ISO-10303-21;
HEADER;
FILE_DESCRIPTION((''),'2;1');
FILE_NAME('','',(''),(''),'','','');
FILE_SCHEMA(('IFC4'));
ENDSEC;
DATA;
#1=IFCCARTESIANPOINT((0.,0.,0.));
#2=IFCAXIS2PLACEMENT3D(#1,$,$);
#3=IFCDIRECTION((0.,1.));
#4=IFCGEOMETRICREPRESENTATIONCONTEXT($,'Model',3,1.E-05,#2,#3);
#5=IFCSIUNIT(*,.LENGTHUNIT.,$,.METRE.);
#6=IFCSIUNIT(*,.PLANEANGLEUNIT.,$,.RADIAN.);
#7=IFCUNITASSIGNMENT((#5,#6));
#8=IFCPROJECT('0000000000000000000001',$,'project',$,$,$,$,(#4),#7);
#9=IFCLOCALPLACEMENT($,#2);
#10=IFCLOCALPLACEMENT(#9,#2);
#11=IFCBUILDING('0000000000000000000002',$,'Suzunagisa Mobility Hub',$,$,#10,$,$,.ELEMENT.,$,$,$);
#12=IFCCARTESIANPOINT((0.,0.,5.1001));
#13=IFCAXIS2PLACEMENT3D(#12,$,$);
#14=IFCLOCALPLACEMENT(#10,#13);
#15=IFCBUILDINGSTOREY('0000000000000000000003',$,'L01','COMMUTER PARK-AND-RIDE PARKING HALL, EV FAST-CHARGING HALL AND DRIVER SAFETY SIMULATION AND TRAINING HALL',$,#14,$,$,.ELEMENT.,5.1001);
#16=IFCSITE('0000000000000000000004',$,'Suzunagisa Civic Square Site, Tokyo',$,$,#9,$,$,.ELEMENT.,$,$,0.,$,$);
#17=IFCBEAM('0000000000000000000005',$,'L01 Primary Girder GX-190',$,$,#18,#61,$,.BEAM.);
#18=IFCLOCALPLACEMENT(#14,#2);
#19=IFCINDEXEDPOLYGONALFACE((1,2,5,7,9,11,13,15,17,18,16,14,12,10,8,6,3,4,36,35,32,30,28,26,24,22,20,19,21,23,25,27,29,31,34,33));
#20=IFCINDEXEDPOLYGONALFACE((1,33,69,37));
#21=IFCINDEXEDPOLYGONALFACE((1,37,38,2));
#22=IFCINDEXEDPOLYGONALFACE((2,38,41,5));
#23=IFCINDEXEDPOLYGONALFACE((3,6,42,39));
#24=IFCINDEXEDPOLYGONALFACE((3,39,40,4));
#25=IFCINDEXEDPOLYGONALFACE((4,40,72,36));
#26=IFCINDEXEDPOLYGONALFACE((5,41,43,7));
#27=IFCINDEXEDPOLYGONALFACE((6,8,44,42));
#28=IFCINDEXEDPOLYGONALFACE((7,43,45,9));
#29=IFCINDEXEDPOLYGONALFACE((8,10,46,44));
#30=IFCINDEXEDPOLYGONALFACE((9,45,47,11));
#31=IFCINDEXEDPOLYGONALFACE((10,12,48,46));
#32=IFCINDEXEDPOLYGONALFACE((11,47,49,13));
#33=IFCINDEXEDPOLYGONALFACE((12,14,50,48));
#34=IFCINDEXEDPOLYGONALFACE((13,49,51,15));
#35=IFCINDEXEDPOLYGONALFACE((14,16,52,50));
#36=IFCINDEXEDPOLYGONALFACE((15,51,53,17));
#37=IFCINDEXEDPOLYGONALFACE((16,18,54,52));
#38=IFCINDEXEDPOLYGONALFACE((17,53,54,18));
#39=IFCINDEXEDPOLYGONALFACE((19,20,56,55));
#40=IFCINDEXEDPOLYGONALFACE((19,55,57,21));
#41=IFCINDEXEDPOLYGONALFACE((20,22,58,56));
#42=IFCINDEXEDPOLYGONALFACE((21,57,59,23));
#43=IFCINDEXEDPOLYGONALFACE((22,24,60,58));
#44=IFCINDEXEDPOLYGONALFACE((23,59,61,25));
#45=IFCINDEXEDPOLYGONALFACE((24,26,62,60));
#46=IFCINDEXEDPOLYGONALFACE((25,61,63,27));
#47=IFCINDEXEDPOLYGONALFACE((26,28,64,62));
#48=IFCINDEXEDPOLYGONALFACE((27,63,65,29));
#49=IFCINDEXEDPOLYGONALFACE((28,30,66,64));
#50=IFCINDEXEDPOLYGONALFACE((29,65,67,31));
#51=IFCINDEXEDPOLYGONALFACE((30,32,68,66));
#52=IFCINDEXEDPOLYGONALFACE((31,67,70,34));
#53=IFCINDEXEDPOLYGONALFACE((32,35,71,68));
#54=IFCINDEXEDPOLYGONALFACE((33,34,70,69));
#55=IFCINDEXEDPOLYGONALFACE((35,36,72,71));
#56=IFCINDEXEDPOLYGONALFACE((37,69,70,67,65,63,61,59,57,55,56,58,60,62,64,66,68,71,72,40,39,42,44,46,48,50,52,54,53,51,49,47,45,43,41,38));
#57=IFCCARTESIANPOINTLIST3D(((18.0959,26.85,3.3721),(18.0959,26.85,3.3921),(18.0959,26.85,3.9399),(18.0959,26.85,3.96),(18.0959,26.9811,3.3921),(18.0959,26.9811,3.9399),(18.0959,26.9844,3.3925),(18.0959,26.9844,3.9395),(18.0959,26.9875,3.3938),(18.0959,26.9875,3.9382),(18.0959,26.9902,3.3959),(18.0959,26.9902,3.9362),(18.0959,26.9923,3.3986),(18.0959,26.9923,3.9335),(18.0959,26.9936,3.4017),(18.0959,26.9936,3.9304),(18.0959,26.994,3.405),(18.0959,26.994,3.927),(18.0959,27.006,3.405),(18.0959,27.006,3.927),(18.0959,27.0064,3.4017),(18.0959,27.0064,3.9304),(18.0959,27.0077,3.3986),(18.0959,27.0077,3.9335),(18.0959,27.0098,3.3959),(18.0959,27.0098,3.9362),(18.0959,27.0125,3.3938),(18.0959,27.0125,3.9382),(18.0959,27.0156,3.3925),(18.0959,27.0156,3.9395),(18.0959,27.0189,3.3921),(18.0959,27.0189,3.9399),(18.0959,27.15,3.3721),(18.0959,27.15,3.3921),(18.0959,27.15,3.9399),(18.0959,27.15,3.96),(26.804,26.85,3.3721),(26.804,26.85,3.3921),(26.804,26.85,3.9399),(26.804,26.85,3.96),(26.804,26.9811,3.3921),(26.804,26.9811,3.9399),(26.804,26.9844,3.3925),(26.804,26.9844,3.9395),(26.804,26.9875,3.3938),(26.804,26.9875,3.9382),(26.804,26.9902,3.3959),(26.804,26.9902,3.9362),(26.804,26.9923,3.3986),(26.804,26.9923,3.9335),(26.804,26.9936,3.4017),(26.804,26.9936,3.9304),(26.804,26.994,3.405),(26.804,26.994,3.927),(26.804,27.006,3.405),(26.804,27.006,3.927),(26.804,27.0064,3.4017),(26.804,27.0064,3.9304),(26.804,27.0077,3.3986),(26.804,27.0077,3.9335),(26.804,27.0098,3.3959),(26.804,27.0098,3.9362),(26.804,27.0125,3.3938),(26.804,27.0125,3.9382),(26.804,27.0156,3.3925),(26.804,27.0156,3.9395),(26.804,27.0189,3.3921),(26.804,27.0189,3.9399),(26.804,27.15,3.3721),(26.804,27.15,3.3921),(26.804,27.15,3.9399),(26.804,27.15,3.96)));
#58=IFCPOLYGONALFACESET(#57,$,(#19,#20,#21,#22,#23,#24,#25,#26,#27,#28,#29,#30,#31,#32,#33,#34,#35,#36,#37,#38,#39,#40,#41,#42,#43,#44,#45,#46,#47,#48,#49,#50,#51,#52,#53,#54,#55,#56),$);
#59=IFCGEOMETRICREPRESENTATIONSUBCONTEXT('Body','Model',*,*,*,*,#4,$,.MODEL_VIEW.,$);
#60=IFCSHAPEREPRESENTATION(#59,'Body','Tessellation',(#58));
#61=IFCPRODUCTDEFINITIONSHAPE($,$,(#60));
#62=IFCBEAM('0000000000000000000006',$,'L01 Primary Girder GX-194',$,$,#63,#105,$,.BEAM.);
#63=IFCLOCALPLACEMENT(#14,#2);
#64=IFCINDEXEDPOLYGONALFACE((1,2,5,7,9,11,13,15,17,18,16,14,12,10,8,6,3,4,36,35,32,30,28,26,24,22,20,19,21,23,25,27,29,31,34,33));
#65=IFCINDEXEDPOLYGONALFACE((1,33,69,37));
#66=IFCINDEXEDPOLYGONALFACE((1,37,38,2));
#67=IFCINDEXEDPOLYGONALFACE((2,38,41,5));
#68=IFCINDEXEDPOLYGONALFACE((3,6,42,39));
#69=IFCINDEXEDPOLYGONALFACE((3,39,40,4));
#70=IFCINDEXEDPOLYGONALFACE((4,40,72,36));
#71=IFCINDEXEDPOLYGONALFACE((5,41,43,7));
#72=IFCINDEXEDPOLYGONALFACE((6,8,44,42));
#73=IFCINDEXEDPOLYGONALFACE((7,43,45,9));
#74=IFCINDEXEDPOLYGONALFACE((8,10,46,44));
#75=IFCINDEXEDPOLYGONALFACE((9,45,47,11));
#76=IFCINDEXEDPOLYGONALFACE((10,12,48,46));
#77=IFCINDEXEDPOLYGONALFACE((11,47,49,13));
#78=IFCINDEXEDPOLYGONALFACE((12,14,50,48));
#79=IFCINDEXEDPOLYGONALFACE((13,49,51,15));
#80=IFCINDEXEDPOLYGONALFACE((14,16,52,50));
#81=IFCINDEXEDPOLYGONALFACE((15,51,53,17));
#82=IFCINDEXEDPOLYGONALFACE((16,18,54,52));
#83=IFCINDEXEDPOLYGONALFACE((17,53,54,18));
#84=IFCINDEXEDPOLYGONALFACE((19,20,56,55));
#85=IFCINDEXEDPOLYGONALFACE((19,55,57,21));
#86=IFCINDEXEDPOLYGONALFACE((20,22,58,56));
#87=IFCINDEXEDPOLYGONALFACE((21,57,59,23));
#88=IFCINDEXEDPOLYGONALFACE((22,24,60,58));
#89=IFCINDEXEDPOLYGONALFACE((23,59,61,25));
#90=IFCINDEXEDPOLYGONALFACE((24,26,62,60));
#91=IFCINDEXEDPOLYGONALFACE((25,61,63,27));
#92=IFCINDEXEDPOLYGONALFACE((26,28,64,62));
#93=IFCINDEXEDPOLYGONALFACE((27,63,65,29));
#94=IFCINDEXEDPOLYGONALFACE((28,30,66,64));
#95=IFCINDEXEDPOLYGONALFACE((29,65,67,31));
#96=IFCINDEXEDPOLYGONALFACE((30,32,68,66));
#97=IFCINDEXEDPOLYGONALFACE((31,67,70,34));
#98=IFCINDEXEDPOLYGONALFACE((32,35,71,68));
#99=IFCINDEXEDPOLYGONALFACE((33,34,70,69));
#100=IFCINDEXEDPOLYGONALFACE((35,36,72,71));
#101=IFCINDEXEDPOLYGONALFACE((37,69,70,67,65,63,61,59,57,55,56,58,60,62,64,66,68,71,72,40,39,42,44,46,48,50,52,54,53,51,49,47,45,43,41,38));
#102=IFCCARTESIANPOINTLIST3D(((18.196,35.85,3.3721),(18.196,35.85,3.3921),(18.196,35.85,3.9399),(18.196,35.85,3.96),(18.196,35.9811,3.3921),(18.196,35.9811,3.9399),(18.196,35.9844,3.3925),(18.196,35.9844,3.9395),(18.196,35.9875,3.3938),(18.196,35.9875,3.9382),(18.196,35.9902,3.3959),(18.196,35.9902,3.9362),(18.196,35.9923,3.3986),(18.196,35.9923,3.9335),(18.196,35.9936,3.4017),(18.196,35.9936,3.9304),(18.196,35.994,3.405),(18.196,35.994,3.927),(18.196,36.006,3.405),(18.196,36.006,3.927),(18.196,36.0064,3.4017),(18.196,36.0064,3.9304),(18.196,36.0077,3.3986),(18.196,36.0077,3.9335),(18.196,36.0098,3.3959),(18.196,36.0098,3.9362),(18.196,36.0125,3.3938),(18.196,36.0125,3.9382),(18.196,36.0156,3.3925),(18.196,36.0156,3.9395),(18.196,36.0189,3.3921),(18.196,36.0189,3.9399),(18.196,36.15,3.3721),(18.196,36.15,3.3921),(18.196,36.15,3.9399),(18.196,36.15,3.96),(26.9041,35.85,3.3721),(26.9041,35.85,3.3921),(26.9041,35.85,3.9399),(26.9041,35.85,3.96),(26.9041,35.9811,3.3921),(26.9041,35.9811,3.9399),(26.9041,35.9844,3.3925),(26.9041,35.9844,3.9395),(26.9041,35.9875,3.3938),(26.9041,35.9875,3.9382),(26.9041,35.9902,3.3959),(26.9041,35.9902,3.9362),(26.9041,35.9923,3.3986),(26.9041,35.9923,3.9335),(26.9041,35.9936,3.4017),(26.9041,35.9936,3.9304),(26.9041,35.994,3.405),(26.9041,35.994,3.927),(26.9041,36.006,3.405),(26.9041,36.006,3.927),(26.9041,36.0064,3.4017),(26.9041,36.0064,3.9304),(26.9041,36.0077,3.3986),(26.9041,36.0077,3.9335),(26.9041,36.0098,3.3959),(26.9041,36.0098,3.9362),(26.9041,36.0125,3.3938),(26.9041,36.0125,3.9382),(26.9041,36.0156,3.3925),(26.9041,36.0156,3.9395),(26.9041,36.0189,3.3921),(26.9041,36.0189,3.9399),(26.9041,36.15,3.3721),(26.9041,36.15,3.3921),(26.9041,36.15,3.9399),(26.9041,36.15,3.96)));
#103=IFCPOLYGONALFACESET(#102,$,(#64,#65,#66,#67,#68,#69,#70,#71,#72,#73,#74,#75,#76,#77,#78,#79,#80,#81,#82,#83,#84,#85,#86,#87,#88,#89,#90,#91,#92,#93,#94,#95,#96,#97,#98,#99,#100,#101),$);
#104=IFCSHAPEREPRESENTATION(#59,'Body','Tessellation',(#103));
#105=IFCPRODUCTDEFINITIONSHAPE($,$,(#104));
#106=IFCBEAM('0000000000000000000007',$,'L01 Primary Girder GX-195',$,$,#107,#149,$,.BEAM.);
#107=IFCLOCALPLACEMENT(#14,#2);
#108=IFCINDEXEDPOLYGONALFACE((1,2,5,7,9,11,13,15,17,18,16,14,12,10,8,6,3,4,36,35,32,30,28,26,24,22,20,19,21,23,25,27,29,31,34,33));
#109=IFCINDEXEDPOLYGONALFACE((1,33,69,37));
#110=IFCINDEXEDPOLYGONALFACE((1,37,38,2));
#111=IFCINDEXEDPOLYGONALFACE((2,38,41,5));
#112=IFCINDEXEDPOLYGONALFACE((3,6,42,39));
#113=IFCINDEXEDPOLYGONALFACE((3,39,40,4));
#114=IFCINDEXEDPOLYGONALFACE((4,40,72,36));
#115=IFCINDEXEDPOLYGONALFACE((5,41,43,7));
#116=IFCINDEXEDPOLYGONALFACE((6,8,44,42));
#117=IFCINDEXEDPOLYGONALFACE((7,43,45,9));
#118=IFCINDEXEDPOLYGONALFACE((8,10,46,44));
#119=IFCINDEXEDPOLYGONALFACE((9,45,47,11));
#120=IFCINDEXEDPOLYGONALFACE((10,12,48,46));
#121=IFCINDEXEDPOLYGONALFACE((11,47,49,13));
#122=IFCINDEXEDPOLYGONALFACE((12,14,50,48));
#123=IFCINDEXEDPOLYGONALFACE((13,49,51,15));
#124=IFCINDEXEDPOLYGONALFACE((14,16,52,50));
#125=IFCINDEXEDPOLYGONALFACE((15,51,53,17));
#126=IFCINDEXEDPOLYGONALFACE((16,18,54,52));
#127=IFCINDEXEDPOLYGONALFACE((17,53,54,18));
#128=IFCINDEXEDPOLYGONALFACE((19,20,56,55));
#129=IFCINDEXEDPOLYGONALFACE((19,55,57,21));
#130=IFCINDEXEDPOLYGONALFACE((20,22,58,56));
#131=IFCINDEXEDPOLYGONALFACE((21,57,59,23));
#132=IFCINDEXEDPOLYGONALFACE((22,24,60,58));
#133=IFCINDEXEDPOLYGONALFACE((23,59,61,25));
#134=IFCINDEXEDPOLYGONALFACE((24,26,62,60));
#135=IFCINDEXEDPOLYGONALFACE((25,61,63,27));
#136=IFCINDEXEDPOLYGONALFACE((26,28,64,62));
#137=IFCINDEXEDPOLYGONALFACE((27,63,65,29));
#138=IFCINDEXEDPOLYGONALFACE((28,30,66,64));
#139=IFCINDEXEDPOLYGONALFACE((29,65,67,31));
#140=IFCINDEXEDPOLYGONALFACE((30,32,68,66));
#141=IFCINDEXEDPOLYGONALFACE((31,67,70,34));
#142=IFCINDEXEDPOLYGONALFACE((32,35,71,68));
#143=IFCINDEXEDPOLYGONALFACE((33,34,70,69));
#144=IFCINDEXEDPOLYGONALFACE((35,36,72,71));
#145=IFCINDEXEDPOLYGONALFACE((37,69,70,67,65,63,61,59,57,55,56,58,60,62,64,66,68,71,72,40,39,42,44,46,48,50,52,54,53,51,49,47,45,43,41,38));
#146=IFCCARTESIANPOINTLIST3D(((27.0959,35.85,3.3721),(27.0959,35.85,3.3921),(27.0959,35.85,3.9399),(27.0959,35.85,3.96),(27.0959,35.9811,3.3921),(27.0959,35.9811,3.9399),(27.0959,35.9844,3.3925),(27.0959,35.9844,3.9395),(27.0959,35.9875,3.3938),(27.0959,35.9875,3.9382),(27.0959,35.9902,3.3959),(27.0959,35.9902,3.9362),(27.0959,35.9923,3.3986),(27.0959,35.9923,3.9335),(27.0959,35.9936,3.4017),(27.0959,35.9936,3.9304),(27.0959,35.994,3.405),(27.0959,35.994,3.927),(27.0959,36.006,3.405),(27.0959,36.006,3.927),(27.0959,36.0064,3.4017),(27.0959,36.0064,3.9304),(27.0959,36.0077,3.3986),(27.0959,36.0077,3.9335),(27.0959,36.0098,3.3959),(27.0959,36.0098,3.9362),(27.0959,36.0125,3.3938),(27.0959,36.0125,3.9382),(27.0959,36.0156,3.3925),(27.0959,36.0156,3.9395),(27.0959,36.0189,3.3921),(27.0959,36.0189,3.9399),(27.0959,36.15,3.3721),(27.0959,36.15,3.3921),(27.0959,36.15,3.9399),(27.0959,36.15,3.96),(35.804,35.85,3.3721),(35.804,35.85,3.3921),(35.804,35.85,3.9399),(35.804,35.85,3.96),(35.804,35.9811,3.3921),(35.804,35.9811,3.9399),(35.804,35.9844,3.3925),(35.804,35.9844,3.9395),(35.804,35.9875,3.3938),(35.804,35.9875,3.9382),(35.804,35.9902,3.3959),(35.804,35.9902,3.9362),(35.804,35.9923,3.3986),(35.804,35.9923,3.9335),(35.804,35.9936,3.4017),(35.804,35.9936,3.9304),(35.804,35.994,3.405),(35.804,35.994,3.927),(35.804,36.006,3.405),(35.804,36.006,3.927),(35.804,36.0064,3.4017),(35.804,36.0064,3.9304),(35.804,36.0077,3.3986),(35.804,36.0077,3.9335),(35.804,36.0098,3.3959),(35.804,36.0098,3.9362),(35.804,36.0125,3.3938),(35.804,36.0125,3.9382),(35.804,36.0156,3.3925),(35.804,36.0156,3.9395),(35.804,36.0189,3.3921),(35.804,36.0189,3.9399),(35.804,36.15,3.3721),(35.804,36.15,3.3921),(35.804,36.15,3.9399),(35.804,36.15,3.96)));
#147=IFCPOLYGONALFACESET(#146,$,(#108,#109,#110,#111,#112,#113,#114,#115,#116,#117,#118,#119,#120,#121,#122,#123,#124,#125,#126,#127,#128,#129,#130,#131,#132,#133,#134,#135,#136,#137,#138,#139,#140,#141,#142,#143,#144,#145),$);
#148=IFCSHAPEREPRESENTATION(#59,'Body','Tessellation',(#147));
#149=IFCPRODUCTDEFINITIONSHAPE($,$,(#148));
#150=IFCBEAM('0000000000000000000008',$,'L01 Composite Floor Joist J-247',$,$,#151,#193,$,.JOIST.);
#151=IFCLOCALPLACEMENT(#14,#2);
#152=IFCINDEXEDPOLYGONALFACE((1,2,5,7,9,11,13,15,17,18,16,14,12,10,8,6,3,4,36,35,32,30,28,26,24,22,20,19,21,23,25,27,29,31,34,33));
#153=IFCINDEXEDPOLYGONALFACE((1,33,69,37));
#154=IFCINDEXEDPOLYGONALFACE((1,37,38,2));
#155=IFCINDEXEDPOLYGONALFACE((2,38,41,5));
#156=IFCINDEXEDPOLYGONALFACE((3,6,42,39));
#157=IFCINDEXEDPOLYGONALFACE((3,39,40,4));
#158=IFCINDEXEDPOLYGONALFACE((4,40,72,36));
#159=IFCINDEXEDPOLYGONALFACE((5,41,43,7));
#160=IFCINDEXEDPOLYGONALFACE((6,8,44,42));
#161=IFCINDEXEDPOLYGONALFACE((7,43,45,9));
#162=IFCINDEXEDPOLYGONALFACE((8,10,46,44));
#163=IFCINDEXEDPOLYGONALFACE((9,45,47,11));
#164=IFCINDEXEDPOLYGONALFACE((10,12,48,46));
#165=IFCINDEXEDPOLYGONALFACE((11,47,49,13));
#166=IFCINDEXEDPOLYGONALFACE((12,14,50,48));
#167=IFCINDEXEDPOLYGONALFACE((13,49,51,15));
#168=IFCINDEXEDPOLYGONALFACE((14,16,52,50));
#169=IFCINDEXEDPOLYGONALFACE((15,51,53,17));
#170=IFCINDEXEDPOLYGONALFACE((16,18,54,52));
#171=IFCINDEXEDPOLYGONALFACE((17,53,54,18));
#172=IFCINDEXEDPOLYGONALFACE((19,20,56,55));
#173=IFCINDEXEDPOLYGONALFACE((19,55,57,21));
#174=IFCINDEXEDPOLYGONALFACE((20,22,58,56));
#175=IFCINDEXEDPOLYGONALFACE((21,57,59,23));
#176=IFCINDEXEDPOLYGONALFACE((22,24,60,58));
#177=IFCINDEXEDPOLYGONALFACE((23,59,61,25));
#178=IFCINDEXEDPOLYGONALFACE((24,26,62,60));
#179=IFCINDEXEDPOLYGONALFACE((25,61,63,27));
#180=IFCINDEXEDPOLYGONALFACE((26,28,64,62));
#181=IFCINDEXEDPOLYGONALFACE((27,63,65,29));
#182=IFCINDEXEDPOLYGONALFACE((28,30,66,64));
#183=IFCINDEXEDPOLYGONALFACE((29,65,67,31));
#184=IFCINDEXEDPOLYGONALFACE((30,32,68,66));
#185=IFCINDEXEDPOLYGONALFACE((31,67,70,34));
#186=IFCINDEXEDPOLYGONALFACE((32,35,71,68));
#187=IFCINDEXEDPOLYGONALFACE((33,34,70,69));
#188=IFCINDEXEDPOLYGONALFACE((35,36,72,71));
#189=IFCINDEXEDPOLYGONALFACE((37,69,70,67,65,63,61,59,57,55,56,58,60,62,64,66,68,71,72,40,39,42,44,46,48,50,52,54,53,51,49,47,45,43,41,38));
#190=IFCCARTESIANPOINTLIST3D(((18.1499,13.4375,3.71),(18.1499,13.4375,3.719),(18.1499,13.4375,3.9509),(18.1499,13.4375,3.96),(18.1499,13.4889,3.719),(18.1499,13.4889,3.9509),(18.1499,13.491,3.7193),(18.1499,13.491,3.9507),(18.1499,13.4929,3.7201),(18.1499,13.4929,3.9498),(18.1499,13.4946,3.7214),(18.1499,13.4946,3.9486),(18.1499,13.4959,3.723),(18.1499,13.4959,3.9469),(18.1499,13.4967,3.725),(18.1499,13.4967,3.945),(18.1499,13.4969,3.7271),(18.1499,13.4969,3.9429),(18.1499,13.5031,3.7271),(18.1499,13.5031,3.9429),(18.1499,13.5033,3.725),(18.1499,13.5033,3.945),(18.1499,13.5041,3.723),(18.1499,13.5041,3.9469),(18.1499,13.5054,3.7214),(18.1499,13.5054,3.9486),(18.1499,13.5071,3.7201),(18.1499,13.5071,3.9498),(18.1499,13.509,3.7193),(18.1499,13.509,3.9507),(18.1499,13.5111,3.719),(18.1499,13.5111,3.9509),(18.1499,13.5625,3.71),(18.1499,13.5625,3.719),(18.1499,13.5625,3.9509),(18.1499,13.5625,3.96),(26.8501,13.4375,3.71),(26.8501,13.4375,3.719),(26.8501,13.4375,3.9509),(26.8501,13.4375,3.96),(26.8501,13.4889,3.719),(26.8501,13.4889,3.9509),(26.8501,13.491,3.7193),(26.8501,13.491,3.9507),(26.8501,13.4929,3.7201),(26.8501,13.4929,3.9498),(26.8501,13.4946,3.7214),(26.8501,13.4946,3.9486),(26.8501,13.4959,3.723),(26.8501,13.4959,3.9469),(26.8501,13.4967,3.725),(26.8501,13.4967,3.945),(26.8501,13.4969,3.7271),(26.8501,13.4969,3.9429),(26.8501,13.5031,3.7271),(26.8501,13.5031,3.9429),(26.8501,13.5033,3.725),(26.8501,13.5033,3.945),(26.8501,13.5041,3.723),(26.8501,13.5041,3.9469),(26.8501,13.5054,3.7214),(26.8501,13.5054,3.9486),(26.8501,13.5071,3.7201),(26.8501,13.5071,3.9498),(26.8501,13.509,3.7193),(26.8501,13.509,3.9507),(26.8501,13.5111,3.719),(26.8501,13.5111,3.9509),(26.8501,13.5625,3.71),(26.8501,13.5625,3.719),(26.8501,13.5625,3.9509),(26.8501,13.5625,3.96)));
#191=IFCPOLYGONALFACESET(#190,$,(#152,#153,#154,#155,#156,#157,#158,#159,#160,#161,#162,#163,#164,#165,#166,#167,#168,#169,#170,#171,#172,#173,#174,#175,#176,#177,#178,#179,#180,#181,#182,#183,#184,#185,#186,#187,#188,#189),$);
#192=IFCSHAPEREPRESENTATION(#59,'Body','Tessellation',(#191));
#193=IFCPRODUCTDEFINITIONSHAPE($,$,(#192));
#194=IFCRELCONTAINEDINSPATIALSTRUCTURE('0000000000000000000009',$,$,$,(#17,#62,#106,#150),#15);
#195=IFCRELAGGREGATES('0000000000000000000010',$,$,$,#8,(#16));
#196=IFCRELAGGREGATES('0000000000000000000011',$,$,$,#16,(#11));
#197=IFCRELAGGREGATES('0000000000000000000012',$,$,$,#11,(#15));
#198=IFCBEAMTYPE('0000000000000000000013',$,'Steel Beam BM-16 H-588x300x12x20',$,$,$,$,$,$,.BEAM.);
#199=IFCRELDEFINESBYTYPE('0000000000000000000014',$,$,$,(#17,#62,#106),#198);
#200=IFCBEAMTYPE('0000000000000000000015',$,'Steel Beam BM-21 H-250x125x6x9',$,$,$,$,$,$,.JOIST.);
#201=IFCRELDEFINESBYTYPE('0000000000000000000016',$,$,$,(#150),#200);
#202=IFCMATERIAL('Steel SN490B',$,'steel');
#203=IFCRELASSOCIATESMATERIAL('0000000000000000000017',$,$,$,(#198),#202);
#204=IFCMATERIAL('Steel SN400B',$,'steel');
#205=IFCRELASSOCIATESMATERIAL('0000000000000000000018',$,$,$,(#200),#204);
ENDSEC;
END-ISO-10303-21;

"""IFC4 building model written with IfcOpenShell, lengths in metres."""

from ifc_helpers import new_model, si_unit, direction, frame, origin, origin_2d, place, context, subcontext, project, spatial, i_section, extrude, material, material_profile, profile_set, type_object, element, save


model = new_model("IFC4")

# Units and contexts
model_context = context("Model", 3, precision=1e-05, world=origin(), true_north=direction((0.0, 1.0)))
body_context = subcontext(model_context, "Body", "Model", "MODEL_VIEW")
ifc_project = project(units=[si_unit("LENGTHUNIT", "METRE"), si_unit("PLANEANGLEUNIT", "RADIAN")], contexts=[model_context])

# Site, building, storey
site_placement = place(None, origin())
site = spatial("IfcSite", under=ifc_project, at=site_placement, Name="Suzunagisa Civic Square Site, Tokyo", CompositionType="ELEMENT", RefElevation=0.0)
building_placement = place(site_placement, origin())
building = spatial("IfcBuilding", under=site, at=building_placement, Name="Suzunagisa Mobility Hub", CompositionType="ELEMENT")
storey_placement = place(building_placement, frame((0.0, 0.0, 5.1001)))
storey = spatial("IfcBuildingStorey", under=building, at=storey_placement, Name="L01", Description="COMMUTER PARK-AND-RIDE PARKING HALL, EV FAST-CHARGING HALL AND DRIVER SAFETY SIMULATION AND TRAINING HALL", CompositionType="ELEMENT", Elevation=5.1001)

# Shared definitions
ifc_material_1 = material(Name="Steel SN490B", Category="steel")

# Beams
ifc_material_profile_1 = material_profile(ifc_material_1, i_section(OverallWidth=0.3, OverallDepth=0.5879, WebThickness=0.012, FlangeThickness=0.02, FilletRadius=0.0129, at=origin_2d()), Name="H-588x300x12x20")
ifc_profile_set_1 = profile_set([ifc_material_profile_1], Name="Steel SN490B")
beam_type_1 = type_object("IfcBeamType", Name="Steel Beam BM-16 H-588x300x12x20", PredefinedType="BEAM", material=ifc_profile_set_1)
for number, where, z_axis, x_axis, name in (
    (1, (18.0959, 27.0, 3.666), (1.0, 0.0, 0.0), (0.0, 1.0, 0.0), "L01 Primary Girder GX-190"),
    (2, (18.196, 36.0, 3.666), (1.0, 0.0, 0.0), (0.0, 1.0, 0.0), "L01 Primary Girder GX-194"),
    (3, (27.0959, 36.0, 3.666), (1.0, 0.0, 0.0), (0.0, 1.0, 0.0), "L01 Primary Girder GX-195"),
):
    element("IfcBeam", number, at=place(storey_placement, frame(where, z_axis=z_axis, x_axis=x_axis)), inside=storey, type_object=beam_type_1, Name=name, PredefinedType="BEAM", context=body_context, shape_type="SweptSolid", body=[
        extrude(i_section(OverallWidth=0.3, OverallDepth=0.5879, WebThickness=0.012, FlangeThickness=0.02, FilletRadius=0.0129, at=origin_2d()), origin(), (0.0, 0.0, 1.0), 8.708),
    ])
ifc_material_2 = material(Name="Steel SN400B", Category="steel")
ifc_material_profile_2 = material_profile(ifc_material_2, i_section(OverallWidth=0.125, OverallDepth=0.25, WebThickness=0.0061, FlangeThickness=0.009, FilletRadius=0.0081, at=origin_2d()), Name="H-250x125x6x9")
ifc_profile_set_2 = profile_set([ifc_material_profile_2], Name="Steel SN400B")
beam_type_2 = type_object("IfcBeamType", Name="Steel Beam BM-21 H-250x125x6x9", PredefinedType="JOIST", material=ifc_profile_set_2)
for number, where, z_axis, x_axis, name in (
    (4, (18.1499, 13.5, 3.835), (1.0, 0.0, 0.0), (0.0, 1.0, 0.0), "L01 Composite Floor Joist J-247"),
):
    element("IfcBeam", number, at=place(storey_placement, frame(where, z_axis=z_axis, x_axis=x_axis)), inside=storey, type_object=beam_type_2, Name=name, PredefinedType="JOIST", context=body_context, shape_type="SweptSolid", body=[
        extrude(i_section(OverallWidth=0.125, OverallDepth=0.25, WebThickness=0.0061, FlangeThickness=0.009, FilletRadius=0.0081, at=origin_2d()), origin(), (0.0, 0.0, 1.0), 8.7002),
    ])

save(model, "model.ifc")
